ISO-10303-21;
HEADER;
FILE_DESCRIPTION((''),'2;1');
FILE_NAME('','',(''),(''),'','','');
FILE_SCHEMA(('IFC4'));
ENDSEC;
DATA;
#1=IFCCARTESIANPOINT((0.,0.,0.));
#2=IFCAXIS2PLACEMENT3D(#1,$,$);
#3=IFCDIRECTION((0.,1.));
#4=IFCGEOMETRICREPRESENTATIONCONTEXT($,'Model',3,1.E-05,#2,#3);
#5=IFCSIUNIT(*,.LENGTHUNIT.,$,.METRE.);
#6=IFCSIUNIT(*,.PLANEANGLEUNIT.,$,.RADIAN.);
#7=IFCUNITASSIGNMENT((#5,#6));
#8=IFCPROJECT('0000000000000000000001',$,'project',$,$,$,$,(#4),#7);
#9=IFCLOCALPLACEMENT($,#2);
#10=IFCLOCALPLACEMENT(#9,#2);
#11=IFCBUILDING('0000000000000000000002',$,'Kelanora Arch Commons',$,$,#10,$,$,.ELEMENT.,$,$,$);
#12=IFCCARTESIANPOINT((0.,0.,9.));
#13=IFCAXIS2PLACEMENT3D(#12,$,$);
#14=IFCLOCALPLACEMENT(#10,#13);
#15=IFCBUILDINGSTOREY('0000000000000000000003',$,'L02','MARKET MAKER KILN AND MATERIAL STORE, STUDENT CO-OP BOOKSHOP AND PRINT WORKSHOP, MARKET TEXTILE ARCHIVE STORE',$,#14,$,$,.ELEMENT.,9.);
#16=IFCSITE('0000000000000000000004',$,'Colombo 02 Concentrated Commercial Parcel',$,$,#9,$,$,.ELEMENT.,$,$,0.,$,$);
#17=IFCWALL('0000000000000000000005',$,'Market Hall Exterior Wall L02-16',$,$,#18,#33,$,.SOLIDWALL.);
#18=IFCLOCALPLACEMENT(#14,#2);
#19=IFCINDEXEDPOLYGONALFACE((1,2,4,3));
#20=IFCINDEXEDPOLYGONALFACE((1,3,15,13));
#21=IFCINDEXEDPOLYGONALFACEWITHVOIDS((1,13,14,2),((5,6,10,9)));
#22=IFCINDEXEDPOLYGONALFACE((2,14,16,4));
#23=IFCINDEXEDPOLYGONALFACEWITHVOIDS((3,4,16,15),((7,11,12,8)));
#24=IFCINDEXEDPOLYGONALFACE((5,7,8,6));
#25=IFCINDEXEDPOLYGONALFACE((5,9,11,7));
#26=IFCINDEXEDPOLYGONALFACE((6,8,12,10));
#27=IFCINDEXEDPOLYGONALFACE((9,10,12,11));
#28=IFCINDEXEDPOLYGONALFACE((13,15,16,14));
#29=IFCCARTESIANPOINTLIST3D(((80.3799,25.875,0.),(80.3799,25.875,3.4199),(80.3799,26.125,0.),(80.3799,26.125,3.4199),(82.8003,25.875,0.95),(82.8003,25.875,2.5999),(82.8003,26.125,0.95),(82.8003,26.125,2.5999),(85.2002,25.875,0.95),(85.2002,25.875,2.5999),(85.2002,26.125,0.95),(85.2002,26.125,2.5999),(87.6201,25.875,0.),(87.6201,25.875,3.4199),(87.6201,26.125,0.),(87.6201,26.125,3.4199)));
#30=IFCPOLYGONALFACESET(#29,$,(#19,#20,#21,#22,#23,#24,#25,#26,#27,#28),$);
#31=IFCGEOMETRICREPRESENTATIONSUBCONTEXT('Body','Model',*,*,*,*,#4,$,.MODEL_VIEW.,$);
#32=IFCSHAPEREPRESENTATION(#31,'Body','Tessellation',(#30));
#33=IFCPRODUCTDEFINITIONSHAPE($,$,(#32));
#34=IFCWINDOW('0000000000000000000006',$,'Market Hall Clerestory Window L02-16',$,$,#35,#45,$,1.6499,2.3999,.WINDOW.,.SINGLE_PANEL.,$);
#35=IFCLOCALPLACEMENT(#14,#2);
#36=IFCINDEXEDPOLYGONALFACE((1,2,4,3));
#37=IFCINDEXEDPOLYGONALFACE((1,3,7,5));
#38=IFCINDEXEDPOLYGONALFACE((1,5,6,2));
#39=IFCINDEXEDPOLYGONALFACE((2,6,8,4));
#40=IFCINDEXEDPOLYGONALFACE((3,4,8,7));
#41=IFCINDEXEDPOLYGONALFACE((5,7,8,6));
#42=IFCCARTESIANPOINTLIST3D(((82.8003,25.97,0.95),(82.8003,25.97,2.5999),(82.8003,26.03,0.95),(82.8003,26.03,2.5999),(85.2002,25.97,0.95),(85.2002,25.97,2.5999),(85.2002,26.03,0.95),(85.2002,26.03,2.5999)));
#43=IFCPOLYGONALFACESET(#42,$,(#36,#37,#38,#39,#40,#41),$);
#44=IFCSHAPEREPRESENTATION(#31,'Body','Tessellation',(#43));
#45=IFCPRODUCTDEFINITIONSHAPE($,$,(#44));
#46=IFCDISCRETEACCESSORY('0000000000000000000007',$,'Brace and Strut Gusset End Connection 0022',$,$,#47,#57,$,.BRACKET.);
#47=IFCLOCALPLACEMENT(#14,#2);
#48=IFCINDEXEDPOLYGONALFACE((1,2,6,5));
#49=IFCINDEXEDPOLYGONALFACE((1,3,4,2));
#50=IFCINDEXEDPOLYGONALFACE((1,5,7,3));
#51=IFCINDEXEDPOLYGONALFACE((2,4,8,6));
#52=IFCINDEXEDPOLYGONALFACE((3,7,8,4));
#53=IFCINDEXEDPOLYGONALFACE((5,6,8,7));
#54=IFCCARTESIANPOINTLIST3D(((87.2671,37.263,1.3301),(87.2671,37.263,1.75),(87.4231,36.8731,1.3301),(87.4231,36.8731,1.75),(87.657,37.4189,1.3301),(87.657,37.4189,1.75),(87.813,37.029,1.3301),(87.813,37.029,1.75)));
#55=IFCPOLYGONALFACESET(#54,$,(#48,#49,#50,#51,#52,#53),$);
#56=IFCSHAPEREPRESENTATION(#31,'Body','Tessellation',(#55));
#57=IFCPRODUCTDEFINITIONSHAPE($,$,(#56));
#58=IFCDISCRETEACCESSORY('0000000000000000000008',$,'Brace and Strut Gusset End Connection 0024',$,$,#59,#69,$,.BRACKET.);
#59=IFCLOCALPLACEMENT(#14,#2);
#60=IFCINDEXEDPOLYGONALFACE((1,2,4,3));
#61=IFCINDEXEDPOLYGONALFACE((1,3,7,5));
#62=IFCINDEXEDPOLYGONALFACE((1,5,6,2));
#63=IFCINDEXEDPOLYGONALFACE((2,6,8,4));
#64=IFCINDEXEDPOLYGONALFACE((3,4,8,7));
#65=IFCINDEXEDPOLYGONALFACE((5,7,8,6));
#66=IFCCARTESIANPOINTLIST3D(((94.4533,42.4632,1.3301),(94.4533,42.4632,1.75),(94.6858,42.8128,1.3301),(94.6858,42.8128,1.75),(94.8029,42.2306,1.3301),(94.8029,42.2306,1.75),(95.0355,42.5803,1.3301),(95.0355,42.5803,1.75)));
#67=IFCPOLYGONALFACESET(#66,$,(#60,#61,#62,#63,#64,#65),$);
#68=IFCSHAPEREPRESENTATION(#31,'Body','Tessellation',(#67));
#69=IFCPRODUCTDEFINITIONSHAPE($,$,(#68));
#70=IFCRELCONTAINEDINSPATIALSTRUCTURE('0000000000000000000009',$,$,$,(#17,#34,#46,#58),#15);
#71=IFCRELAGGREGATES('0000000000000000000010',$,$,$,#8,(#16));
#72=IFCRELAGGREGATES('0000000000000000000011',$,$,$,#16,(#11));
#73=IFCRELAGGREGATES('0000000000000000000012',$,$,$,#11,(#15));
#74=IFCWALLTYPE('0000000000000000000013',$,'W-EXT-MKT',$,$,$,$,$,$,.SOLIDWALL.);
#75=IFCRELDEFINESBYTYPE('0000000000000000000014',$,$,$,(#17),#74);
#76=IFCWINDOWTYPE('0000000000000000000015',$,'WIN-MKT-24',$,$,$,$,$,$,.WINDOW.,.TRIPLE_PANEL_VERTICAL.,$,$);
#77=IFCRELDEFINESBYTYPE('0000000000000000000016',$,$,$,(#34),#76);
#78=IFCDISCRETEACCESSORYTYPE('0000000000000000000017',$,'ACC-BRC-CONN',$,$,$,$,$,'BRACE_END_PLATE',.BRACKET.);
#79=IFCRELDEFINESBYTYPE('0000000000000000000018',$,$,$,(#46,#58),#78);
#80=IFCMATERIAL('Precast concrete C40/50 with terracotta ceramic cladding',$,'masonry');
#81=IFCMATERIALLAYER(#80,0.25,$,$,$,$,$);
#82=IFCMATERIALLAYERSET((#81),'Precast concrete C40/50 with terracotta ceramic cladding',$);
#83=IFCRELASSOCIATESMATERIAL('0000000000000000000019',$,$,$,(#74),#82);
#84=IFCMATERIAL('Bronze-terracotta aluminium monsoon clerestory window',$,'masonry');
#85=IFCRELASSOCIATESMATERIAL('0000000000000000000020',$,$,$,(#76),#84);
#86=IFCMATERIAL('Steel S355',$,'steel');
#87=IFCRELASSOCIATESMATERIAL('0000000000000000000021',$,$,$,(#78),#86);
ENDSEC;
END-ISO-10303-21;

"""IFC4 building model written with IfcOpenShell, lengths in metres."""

from ifc_helpers import new_model, si_unit, direction, frame, frame_2d, origin, origin_2d, place, context, subcontext, project, spatial, rectangle, extrude, source, transform, mapped, material, layer, layer_set, type_object, element, fill, save


model = new_model("IFC4")

# Units and contexts
model_context = context("Model", 3, precision=1e-05, world=origin(), true_north=direction((0.0, 1.0)))
body_context = subcontext(model_context, "Body", "Model", "MODEL_VIEW")
ifc_project = project(units=[si_unit("LENGTHUNIT", "METRE"), si_unit("PLANEANGLEUNIT", "RADIAN")], contexts=[model_context])

# Site, building, storey
site_placement = place(None, origin())
site = spatial("IfcSite", under=ifc_project, at=site_placement, Name="Colombo 02 Concentrated Commercial Parcel", CompositionType="ELEMENT", RefElevation=0.0)
building_placement = place(site_placement, origin())
building = spatial("IfcBuilding", under=site, at=building_placement, Name="Kelanora Arch Commons", CompositionType="ELEMENT")
storey_placement = place(building_placement, frame((0.0, 0.0, 9.0)))
storey = spatial("IfcBuildingStorey", under=building, at=storey_placement, Name="L02", Description="MARKET MAKER KILN AND MATERIAL STORE, STUDENT CO-OP BOOKSHOP AND PRINT WORKSHOP, MARKET TEXTILE ARCHIVE STORE", CompositionType="ELEMENT", Elevation=9.0)

# Shared definitions
ifc_material_1 = material(Name="Steel S355", Category="steel")

# Wall, opening, window
ifc_material_2 = material(Name="Precast concrete C40/50 with terracotta ceramic cladding", Category="masonry")
ifc_layer_1 = layer(ifc_material_2, 0.25)
ifc_layer_set_1 = layer_set([ifc_layer_1], Name="Precast concrete C40/50 with terracotta ceramic cladding")
wall_type = type_object("IfcWallType", Name="W-EXT-MKT", PredefinedType="SOLIDWALL", material=ifc_layer_set_1)
ifc_material_3 = material(Name="Bronze-terracotta aluminium monsoon clerestory window", Category="masonry")
window_type = type_object("IfcWindowType", Name="WIN-MKT-24", PartitioningType="TRIPLE_PANEL_VERTICAL", PredefinedType="WINDOW", material=ifc_material_3)
wall_1_placement = place(storey_placement, frame((87.6201, 26.0, 0.0), z_axis=(0.0, 0.0, 1.0), x_axis=(-1.0, 0.0, 0.0)))
wall_1 = element("IfcWall", 1, at=wall_1_placement, inside=storey, type_object=wall_type, Name="Market Hall Exterior Wall L02-16", PredefinedType="SOLIDWALL", context=body_context, shape_type="SweptSolid", body=[
    extrude(rectangle(XDim=7.2402, YDim=0.25, at=frame_2d((3.6201, 0.0))), origin(), (0.0, 0.0, 1.0), 3.4199),
])
opening_1_placement = place(wall_1_placement, frame((2.4199, 0.0, 0.95)))
opening_1 = element("IfcOpeningElement", 2, at=opening_1_placement, cuts=wall_1, PredefinedType="OPENING", context=body_context, shape_type="SweptSolid", body=[
    extrude(rectangle(XDim=2.3999, YDim=1.6499, at=frame_2d((1.2, 0.825))), frame((0.0, 0.135, 0.0), z_axis=(0.0, -1.0, 0.0), x_axis=(1.0, 0.0, 0.0)), (0.0, 0.0, 1.0), 0.27),
])
window_1_placement = place(opening_1_placement, origin())
window_1 = element("IfcWindow", 3, at=window_1_placement, inside=storey, type_object=window_type, Name="Market Hall Clerestory Window L02-16", OverallHeight=1.6499, OverallWidth=2.3999, PartitioningType="SINGLE_PANEL", PredefinedType="WINDOW", context=body_context, shape_type="SweptSolid", body=[
    extrude(rectangle(XDim=2.3999, YDim=1.6499, at=frame_2d((1.2, 0.825))), frame((0.0, 0.03, 0.0), z_axis=(0.0, -1.0, 0.0), x_axis=(1.0, 0.0, 0.0)), (0.0, 0.0, 1.0), 0.0601),
])
fill(opening_1, window_1)

# Discrete accessories
discrete_accessory_type = type_object("IfcDiscreteAccessoryType", Name="ACC-BRC-CONN", ElementType="BRACE_END_PLATE", PredefinedType="BRACKET", material=ifc_material_1)
shared_shape_1 = source(origin(), body_context, "Body", "SweptSolid", [
    extrude(rectangle(XDim=0.4199, YDim=0.4199, at=origin_2d()), origin(), (0.0, 0.0, 1.0), 0.4199),
])
for number, where, z_axis, x_axis, name in (
    (4, (87.54, 37.146, 1.3301), (0.0, 0.0, 1.0), (0.371368, -0.928486, 0.0), "Brace and Strut Gusset End Connection 0022"),
    (5, (94.7444, 42.5217, 1.3301), (0.0, 0.0, 1.0), (0.832631, -0.553828, 0.0), "Brace and Strut Gusset End Connection 0024"),
):
    element("IfcDiscreteAccessory", number, at=place(storey_placement, frame(where, z_axis=z_axis, x_axis=x_axis)), inside=storey, type_object=discrete_accessory_type, Name=name, PredefinedType="BRACKET", context=body_context, shape_type="MappedRepresentation", body=[
        mapped(shared_shape_1, transform((0.0, 0.0, 0.0), scale=1.0)),
    ])

save(model, "model.ifc")
